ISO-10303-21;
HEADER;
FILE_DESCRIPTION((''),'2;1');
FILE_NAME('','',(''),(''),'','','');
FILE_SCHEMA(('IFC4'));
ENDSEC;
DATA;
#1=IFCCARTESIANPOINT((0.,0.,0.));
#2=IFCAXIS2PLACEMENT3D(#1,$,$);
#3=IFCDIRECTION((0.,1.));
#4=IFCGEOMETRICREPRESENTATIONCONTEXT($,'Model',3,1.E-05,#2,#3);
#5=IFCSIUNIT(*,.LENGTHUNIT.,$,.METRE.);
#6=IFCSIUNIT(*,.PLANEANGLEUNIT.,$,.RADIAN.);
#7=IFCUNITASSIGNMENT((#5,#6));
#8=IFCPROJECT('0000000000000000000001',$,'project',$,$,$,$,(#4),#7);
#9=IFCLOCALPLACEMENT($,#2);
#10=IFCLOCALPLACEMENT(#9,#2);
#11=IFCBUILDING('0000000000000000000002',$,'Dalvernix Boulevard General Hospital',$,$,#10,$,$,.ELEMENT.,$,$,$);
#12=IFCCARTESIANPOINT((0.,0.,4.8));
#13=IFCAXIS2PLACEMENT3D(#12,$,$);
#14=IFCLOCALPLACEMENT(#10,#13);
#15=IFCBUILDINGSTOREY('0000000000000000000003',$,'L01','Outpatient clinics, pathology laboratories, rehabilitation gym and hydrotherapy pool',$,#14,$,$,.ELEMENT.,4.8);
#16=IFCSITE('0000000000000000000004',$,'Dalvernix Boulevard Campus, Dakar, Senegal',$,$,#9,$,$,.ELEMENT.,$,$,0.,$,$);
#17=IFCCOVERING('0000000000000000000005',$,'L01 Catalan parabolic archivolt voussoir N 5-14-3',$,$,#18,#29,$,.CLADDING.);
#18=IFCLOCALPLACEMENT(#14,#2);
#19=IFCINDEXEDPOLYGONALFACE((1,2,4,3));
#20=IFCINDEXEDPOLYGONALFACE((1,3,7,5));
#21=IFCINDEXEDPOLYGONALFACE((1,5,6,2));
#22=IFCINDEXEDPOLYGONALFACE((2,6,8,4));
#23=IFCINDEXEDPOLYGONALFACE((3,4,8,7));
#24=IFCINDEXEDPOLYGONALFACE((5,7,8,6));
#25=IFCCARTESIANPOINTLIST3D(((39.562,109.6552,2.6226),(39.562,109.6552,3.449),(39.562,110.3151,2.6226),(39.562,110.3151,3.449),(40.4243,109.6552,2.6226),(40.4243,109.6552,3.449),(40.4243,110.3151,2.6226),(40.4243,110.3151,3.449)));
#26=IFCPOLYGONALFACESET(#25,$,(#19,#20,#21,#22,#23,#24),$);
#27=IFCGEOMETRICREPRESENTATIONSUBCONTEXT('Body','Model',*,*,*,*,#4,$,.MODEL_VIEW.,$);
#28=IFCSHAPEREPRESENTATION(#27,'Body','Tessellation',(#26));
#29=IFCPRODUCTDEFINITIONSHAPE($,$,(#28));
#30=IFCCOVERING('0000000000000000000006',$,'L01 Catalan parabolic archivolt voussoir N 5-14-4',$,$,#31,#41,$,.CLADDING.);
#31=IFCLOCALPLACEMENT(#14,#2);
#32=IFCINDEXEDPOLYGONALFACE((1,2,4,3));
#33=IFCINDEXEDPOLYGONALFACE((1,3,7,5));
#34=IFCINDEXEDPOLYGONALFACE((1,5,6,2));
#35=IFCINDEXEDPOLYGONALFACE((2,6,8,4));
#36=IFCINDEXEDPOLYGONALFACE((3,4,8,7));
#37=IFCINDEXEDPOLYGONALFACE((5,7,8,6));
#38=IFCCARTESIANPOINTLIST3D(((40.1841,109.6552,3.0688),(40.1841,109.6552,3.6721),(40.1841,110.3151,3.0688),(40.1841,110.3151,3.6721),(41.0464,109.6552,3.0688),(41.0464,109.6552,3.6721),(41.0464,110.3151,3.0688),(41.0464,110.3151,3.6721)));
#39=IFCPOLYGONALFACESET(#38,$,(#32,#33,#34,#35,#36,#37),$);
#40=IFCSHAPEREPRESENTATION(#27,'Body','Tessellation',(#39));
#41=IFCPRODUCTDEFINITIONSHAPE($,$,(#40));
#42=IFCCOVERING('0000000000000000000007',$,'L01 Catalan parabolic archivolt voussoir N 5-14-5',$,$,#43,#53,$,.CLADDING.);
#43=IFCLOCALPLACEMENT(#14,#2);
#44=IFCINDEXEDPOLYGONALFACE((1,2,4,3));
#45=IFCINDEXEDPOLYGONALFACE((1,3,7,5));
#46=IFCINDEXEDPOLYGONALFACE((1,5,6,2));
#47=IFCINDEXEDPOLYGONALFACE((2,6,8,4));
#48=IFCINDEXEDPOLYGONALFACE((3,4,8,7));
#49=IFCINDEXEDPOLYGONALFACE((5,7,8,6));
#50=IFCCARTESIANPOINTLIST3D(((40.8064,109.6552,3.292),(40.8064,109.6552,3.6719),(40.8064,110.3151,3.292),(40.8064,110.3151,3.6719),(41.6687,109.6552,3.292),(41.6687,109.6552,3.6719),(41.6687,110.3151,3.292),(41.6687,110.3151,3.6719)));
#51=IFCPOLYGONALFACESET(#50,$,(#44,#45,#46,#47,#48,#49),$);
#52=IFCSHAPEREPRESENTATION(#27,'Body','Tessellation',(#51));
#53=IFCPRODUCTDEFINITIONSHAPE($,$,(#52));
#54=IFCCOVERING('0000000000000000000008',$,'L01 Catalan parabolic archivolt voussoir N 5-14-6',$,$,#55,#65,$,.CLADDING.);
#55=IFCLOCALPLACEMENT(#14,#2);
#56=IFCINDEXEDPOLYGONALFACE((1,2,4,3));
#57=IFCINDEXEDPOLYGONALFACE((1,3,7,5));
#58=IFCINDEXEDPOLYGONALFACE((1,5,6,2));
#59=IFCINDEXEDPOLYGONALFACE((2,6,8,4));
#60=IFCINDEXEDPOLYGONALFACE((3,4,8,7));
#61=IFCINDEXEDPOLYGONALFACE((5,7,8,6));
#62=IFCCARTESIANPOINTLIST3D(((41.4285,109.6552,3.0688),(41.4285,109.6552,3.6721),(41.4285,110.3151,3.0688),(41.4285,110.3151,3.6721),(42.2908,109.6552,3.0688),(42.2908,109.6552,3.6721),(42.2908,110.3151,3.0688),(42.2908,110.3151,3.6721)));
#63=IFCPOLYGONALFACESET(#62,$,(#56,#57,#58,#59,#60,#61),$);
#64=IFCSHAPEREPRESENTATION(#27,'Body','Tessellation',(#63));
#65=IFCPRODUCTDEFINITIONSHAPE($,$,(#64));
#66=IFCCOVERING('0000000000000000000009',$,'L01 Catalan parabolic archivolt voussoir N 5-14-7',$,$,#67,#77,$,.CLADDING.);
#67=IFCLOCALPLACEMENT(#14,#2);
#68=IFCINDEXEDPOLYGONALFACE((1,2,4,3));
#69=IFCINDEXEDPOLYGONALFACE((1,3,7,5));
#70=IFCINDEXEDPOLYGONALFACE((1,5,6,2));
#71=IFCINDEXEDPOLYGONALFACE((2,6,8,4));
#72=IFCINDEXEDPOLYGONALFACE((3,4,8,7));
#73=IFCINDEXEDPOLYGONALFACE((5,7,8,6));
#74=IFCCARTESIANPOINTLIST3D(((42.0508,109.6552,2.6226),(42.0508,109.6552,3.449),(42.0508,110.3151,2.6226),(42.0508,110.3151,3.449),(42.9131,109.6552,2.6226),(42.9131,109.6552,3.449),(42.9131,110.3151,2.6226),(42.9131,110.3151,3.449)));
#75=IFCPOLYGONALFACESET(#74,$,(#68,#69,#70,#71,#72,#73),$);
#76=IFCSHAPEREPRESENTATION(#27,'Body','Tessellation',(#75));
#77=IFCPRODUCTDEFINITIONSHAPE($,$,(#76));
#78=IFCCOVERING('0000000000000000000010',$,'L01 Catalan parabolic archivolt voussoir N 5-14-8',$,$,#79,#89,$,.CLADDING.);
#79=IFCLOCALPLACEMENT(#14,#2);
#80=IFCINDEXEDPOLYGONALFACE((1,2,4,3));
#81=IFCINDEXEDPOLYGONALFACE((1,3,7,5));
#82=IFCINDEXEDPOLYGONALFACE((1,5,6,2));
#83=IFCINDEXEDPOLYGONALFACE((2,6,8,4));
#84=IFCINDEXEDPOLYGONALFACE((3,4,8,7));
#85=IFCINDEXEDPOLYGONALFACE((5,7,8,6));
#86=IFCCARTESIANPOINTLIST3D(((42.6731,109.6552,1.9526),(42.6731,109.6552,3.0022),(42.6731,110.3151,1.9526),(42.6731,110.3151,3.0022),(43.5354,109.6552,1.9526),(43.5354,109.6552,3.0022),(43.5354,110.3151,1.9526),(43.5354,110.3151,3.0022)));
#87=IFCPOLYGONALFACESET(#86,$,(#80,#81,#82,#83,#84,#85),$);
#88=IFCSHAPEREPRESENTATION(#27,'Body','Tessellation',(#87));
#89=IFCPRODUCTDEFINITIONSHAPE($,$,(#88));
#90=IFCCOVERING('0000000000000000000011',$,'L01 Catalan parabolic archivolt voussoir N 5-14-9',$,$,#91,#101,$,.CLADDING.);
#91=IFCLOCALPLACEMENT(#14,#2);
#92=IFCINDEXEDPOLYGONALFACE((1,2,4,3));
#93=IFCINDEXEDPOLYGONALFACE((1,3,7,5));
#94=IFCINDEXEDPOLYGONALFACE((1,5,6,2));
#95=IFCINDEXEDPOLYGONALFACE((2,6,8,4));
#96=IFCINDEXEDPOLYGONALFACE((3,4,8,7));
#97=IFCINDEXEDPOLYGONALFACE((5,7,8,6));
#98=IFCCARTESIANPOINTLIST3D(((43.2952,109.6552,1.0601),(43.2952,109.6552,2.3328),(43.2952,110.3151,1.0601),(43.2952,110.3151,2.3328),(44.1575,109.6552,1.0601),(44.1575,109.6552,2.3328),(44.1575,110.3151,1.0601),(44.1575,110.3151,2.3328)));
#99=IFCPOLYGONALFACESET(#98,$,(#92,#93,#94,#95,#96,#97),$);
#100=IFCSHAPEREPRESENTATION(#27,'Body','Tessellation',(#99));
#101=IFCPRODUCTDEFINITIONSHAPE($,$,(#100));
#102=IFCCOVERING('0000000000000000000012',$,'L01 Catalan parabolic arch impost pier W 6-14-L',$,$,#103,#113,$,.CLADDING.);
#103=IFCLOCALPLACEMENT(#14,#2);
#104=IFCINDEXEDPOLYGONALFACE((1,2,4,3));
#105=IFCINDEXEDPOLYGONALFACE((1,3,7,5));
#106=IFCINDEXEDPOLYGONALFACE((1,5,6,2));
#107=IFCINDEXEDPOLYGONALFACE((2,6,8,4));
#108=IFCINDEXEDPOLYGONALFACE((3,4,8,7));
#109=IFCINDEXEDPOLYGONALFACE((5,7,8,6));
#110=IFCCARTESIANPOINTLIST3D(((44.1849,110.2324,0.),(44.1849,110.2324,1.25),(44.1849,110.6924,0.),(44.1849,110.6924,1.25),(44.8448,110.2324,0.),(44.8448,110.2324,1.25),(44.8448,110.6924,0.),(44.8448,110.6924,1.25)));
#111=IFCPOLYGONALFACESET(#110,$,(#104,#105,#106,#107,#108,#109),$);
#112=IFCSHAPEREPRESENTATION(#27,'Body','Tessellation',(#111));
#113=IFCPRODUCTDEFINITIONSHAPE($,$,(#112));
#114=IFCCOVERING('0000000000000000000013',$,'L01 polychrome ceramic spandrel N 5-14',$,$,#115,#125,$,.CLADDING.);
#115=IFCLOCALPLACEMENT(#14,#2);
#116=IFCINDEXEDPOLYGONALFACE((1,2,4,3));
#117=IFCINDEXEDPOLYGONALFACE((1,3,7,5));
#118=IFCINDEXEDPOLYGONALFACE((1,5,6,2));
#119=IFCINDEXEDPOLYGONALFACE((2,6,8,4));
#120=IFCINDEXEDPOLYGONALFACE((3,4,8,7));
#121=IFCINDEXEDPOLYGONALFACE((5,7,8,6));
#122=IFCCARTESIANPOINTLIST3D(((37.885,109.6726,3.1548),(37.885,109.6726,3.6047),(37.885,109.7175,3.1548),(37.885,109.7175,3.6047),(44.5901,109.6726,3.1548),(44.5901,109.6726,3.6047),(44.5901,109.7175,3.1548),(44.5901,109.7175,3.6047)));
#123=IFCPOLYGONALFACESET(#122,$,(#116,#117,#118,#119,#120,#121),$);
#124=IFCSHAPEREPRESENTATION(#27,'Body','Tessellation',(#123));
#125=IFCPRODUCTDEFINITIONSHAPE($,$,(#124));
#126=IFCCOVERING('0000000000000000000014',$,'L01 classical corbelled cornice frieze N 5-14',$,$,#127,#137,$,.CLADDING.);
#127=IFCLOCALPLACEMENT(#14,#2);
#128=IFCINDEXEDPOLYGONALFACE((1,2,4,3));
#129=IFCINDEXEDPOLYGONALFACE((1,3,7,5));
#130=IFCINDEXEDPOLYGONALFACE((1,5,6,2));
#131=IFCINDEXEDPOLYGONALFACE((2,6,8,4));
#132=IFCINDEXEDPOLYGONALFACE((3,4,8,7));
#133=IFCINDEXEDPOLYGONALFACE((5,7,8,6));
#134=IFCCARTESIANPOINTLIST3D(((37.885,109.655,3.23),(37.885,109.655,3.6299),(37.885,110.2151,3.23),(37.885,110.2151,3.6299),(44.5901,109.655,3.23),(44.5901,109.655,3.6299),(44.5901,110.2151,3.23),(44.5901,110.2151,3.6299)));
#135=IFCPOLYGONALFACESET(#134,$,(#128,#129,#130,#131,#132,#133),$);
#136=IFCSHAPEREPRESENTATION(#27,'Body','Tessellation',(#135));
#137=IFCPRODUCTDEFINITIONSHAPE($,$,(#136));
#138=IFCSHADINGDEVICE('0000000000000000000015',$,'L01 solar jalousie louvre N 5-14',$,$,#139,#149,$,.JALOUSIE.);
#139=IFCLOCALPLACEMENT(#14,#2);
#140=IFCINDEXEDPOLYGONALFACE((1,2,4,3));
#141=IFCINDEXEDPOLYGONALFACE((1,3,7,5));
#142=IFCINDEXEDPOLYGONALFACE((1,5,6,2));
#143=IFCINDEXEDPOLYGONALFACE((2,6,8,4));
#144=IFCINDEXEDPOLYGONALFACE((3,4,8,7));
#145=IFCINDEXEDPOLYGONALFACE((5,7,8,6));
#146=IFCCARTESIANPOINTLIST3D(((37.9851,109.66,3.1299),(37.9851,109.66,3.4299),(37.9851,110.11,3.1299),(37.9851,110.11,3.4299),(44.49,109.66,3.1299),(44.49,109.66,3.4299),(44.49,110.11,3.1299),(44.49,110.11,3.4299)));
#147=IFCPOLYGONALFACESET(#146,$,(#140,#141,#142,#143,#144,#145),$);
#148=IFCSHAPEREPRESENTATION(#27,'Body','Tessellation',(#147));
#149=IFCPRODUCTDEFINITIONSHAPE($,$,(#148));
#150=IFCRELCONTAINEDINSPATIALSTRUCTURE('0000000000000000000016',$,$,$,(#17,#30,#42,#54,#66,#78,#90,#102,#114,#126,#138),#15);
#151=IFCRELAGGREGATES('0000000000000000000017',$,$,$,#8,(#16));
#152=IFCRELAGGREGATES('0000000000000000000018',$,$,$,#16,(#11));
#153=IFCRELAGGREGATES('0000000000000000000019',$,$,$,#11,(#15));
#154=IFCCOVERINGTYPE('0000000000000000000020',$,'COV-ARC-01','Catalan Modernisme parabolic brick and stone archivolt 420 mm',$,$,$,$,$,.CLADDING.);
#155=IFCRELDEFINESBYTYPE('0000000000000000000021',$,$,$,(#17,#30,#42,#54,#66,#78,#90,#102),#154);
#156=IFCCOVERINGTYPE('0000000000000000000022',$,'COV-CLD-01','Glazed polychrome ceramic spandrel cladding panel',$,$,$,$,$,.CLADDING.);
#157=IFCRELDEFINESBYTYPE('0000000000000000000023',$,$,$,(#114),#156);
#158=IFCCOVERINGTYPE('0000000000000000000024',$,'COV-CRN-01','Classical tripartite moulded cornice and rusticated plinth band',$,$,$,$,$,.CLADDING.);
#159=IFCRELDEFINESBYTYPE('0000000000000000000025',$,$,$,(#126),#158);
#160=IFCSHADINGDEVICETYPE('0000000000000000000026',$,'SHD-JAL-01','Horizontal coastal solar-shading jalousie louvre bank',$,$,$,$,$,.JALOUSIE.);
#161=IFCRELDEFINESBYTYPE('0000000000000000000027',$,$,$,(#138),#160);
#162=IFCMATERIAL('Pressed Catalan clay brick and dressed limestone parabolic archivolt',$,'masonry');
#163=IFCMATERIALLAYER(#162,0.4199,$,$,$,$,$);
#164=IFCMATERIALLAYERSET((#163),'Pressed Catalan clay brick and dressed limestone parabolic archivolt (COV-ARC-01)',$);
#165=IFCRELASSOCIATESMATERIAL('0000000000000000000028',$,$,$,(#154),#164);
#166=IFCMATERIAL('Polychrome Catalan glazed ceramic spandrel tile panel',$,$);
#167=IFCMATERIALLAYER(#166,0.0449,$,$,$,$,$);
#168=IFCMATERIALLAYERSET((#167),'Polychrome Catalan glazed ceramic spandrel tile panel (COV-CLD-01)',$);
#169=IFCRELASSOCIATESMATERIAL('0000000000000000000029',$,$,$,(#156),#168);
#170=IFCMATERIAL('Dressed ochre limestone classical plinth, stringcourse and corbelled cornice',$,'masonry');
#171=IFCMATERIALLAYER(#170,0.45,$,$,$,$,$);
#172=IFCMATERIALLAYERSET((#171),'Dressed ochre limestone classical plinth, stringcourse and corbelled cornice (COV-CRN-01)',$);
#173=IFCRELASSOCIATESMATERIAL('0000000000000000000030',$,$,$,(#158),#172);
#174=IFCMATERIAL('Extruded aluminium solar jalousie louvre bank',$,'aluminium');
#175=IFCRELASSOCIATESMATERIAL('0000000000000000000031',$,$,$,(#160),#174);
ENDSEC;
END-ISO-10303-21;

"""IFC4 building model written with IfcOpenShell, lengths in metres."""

from ifc_helpers import new_model, si_unit, direction, frame, origin, origin_2d, place, context, subcontext, project, spatial, rectangle, extrude, material, layer, layer_set, type_object, element, save


model = new_model("IFC4")

# Units and contexts
model_context = context("Model", 3, precision=1e-05, world=origin(), true_north=direction((0.0, 1.0)))
body_context = subcontext(model_context, "Body", "Model", "MODEL_VIEW")
ifc_project = project(units=[si_unit("LENGTHUNIT", "METRE"), si_unit("PLANEANGLEUNIT", "RADIAN")], contexts=[model_context])

# Site, building, storey
site_placement = place(None, origin())
site = spatial("IfcSite", under=ifc_project, at=site_placement, Name="Dalvernix Boulevard Campus, Dakar, Senegal", CompositionType="ELEMENT", RefElevation=0.0)
building_placement = place(site_placement, origin())
building = spatial("IfcBuilding", under=site, at=building_placement, Name="Dalvernix Boulevard General Hospital", CompositionType="ELEMENT")
storey_placement = place(building_placement, frame((0.0, 0.0, 4.8)))
storey = spatial("IfcBuildingStorey", under=building, at=storey_placement, Name="L01", Description="Outpatient clinics, pathology laboratories, rehabilitation gym and hydrotherapy pool", CompositionType="ELEMENT", Elevation=4.8)

# Coverings
ifc_material_1 = material(Name="Pressed Catalan clay brick and dressed limestone parabolic archivolt", Category="masonry")
ifc_layer_1 = layer(ifc_material_1, 0.4199)
ifc_layer_set_1 = layer_set([ifc_layer_1], Name="Pressed Catalan clay brick and dressed limestone parabolic archivolt (COV-ARC-01)")
covering_type_1 = type_object("IfcCoveringType", Name="COV-ARC-01", Description="Catalan Modernisme parabolic brick and stone archivolt 420 mm", PredefinedType="CLADDING", material=ifc_layer_set_1)
covering_1_placement = place(storey_placement, frame((39.9932, 109.9851, 2.6226), z_axis=(0.0, 0.0, 1.0), x_axis=(1.0, 0.0, 0.0)))
element("IfcCovering", 1, at=covering_1_placement, inside=storey, type_object=covering_type_1, Name="L01 Catalan parabolic archivolt voussoir N 5-14-3", PredefinedType="CLADDING", context=body_context, shape_type="SweptSolid", body=[
    extrude(rectangle(XDim=0.8623, YDim=0.6599, at=origin_2d()), origin(), (0.0, 0.0, 1.0), 0.8264),
])
covering_2_placement = place(storey_placement, frame((40.6152, 109.9851, 3.0688), z_axis=(0.0, 0.0, 1.0), x_axis=(1.0, 0.0, 0.0)))
element("IfcCovering", 2, at=covering_2_placement, inside=storey, type_object=covering_type_1, Name="L01 Catalan parabolic archivolt voussoir N 5-14-4", PredefinedType="CLADDING", context=body_context, shape_type="SweptSolid", body=[
    extrude(rectangle(XDim=0.8623, YDim=0.6599, at=origin_2d()), origin(), (0.0, 0.0, 1.0), 0.6033),
])
covering_3_placement = place(storey_placement, frame((41.2375, 109.9851, 3.292), z_axis=(0.0, 0.0, 1.0), x_axis=(1.0, 0.0, 0.0)))
element("IfcCovering", 3, at=covering_3_placement, inside=storey, type_object=covering_type_1, Name="L01 Catalan parabolic archivolt voussoir N 5-14-5", PredefinedType="CLADDING", context=body_context, shape_type="SweptSolid", body=[
    extrude(rectangle(XDim=0.8623, YDim=0.6599, at=origin_2d()), origin(), (0.0, 0.0, 1.0), 0.3799),
])
covering_4_placement = place(storey_placement, frame((41.8596, 109.9851, 3.0688), z_axis=(0.0, 0.0, 1.0), x_axis=(1.0, 0.0, 0.0)))
element("IfcCovering", 4, at=covering_4_placement, inside=storey, type_object=covering_type_1, Name="L01 Catalan parabolic archivolt voussoir N 5-14-6", PredefinedType="CLADDING", context=body_context, shape_type="SweptSolid", body=[
    extrude(rectangle(XDim=0.8623, YDim=0.6599, at=origin_2d()), origin(), (0.0, 0.0, 1.0), 0.6033),
])
covering_5_placement = place(storey_placement, frame((42.4819, 109.9851, 2.6226), z_axis=(0.0, 0.0, 1.0), x_axis=(1.0, 0.0, 0.0)))
element("IfcCovering", 5, at=covering_5_placement, inside=storey, type_object=covering_type_1, Name="L01 Catalan parabolic archivolt voussoir N 5-14-7", PredefinedType="CLADDING", context=body_context, shape_type="SweptSolid", body=[
    extrude(rectangle(XDim=0.8623, YDim=0.6599, at=origin_2d()), origin(), (0.0, 0.0, 1.0), 0.8264),
])
covering_6_placement = place(storey_placement, frame((43.1042, 109.9851, 1.9526), z_axis=(0.0, 0.0, 1.0), x_axis=(1.0, 0.0, 0.0)))
element("IfcCovering", 6, at=covering_6_placement, inside=storey, type_object=covering_type_1, Name="L01 Catalan parabolic archivolt voussoir N 5-14-8", PredefinedType="CLADDING", context=body_context, shape_type="SweptSolid", body=[
    extrude(rectangle(XDim=0.8623, YDim=0.6599, at=origin_2d()), origin(), (0.0, 0.0, 1.0), 1.0496),
])
covering_7_placement = place(storey_placement, frame((43.7263, 109.9851, 1.0601), z_axis=(0.0, 0.0, 1.0), x_axis=(1.0, 0.0, 0.0)))
element("IfcCovering", 7, at=covering_7_placement, inside=storey, type_object=covering_type_1, Name="L01 Catalan parabolic archivolt voussoir N 5-14-9", PredefinedType="CLADDING", context=body_context, shape_type="SweptSolid", body=[
    extrude(rectangle(XDim=0.8623, YDim=0.6599, at=origin_2d()), origin(), (0.0, 0.0, 1.0), 1.2727),
])
covering_8_placement = place(storey_placement, frame((44.5149, 110.4624, 0.0), z_axis=(0.0, 0.0, 1.0), x_axis=(0.0, 1.0, 0.0)))
element("IfcCovering", 8, at=covering_8_placement, inside=storey, type_object=covering_type_1, Name="L01 Catalan parabolic arch impost pier W 6-14-L", PredefinedType="CLADDING", context=body_context, shape_type="SweptSolid", body=[
    extrude(rectangle(XDim=0.46, YDim=0.6599, at=origin_2d()), origin(), (0.0, 0.0, 1.0), 1.25),
])
ifc_material_2 = material(Name="Polychrome Catalan glazed ceramic spandrel tile panel")
ifc_layer_2 = layer(ifc_material_2, 0.0449)
ifc_layer_set_2 = layer_set([ifc_layer_2], Name="Polychrome Catalan glazed ceramic spandrel tile panel (COV-CLD-01)")
covering_type_2 = type_object("IfcCoveringType", Name="COV-CLD-01", Description="Glazed polychrome ceramic spandrel cladding panel", PredefinedType="CLADDING", material=ifc_layer_set_2)
covering_9_placement = place(storey_placement, frame((41.2375, 109.6951, 3.1548), z_axis=(0.0, 0.0, 1.0), x_axis=(1.0, 0.0, 0.0)))
element("IfcCovering", 9, at=covering_9_placement, inside=storey, type_object=covering_type_2, Name="L01 polychrome ceramic spandrel N 5-14", PredefinedType="CLADDING", context=body_context, shape_type="SweptSolid", body=[
    extrude(rectangle(XDim=6.7051, YDim=0.0449, at=origin_2d()), origin(), (0.0, 0.0, 1.0), 0.45),
])
ifc_material_3 = material(Name="Dressed ochre limestone classical plinth, stringcourse and corbelled cornice", Category="masonry")
ifc_layer_3 = layer(ifc_material_3, 0.45)
ifc_layer_set_3 = layer_set([ifc_layer_3], Name="Dressed ochre limestone classical plinth, stringcourse and corbelled cornice (COV-CRN-01)")
covering_type_3 = type_object("IfcCoveringType", Name="COV-CRN-01", Description="Classical tripartite moulded cornice and rusticated plinth band", PredefinedType="CLADDING", material=ifc_layer_set_3)
covering_10_placement = place(storey_placement, frame((41.2375, 109.9351, 3.23), z_axis=(0.0, 0.0, 1.0), x_axis=(1.0, 0.0, 0.0)))
element("IfcCovering", 10, at=covering_10_placement, inside=storey, type_object=covering_type_3, Name="L01 classical corbelled cornice frieze N 5-14", PredefinedType="CLADDING", context=body_context, shape_type="SweptSolid", body=[
    extrude(rectangle(XDim=6.7051, YDim=0.5601, at=origin_2d()), origin(), (0.0, 0.0, 1.0), 0.3999),
])

# Shading device
ifc_material_4 = material(Name="Extruded aluminium solar jalousie louvre bank", Category="aluminium")
shading_device_type = type_object("IfcShadingDeviceType", Name="SHD-JAL-01", Description="Horizontal coastal solar-shading jalousie louvre bank", PredefinedType="JALOUSIE", material=ifc_material_4)
shading_device_placement = place(storey_placement, frame((41.2375, 109.885, 3.1299), z_axis=(0.0, 0.0, 1.0), x_axis=(1.0, 0.0, 0.0)))
element("IfcShadingDevice", 11, at=shading_device_placement, inside=storey, type_object=shading_device_type, Name="L01 solar jalousie louvre N 5-14", PredefinedType="JALOUSIE", context=body_context, shape_type="SweptSolid", body=[
    extrude(rectangle(XDim=6.5049, YDim=0.45, at=origin_2d()), origin(), (0.0, 0.0, 1.0), 0.3),
])

save(model, "model.ifc")
